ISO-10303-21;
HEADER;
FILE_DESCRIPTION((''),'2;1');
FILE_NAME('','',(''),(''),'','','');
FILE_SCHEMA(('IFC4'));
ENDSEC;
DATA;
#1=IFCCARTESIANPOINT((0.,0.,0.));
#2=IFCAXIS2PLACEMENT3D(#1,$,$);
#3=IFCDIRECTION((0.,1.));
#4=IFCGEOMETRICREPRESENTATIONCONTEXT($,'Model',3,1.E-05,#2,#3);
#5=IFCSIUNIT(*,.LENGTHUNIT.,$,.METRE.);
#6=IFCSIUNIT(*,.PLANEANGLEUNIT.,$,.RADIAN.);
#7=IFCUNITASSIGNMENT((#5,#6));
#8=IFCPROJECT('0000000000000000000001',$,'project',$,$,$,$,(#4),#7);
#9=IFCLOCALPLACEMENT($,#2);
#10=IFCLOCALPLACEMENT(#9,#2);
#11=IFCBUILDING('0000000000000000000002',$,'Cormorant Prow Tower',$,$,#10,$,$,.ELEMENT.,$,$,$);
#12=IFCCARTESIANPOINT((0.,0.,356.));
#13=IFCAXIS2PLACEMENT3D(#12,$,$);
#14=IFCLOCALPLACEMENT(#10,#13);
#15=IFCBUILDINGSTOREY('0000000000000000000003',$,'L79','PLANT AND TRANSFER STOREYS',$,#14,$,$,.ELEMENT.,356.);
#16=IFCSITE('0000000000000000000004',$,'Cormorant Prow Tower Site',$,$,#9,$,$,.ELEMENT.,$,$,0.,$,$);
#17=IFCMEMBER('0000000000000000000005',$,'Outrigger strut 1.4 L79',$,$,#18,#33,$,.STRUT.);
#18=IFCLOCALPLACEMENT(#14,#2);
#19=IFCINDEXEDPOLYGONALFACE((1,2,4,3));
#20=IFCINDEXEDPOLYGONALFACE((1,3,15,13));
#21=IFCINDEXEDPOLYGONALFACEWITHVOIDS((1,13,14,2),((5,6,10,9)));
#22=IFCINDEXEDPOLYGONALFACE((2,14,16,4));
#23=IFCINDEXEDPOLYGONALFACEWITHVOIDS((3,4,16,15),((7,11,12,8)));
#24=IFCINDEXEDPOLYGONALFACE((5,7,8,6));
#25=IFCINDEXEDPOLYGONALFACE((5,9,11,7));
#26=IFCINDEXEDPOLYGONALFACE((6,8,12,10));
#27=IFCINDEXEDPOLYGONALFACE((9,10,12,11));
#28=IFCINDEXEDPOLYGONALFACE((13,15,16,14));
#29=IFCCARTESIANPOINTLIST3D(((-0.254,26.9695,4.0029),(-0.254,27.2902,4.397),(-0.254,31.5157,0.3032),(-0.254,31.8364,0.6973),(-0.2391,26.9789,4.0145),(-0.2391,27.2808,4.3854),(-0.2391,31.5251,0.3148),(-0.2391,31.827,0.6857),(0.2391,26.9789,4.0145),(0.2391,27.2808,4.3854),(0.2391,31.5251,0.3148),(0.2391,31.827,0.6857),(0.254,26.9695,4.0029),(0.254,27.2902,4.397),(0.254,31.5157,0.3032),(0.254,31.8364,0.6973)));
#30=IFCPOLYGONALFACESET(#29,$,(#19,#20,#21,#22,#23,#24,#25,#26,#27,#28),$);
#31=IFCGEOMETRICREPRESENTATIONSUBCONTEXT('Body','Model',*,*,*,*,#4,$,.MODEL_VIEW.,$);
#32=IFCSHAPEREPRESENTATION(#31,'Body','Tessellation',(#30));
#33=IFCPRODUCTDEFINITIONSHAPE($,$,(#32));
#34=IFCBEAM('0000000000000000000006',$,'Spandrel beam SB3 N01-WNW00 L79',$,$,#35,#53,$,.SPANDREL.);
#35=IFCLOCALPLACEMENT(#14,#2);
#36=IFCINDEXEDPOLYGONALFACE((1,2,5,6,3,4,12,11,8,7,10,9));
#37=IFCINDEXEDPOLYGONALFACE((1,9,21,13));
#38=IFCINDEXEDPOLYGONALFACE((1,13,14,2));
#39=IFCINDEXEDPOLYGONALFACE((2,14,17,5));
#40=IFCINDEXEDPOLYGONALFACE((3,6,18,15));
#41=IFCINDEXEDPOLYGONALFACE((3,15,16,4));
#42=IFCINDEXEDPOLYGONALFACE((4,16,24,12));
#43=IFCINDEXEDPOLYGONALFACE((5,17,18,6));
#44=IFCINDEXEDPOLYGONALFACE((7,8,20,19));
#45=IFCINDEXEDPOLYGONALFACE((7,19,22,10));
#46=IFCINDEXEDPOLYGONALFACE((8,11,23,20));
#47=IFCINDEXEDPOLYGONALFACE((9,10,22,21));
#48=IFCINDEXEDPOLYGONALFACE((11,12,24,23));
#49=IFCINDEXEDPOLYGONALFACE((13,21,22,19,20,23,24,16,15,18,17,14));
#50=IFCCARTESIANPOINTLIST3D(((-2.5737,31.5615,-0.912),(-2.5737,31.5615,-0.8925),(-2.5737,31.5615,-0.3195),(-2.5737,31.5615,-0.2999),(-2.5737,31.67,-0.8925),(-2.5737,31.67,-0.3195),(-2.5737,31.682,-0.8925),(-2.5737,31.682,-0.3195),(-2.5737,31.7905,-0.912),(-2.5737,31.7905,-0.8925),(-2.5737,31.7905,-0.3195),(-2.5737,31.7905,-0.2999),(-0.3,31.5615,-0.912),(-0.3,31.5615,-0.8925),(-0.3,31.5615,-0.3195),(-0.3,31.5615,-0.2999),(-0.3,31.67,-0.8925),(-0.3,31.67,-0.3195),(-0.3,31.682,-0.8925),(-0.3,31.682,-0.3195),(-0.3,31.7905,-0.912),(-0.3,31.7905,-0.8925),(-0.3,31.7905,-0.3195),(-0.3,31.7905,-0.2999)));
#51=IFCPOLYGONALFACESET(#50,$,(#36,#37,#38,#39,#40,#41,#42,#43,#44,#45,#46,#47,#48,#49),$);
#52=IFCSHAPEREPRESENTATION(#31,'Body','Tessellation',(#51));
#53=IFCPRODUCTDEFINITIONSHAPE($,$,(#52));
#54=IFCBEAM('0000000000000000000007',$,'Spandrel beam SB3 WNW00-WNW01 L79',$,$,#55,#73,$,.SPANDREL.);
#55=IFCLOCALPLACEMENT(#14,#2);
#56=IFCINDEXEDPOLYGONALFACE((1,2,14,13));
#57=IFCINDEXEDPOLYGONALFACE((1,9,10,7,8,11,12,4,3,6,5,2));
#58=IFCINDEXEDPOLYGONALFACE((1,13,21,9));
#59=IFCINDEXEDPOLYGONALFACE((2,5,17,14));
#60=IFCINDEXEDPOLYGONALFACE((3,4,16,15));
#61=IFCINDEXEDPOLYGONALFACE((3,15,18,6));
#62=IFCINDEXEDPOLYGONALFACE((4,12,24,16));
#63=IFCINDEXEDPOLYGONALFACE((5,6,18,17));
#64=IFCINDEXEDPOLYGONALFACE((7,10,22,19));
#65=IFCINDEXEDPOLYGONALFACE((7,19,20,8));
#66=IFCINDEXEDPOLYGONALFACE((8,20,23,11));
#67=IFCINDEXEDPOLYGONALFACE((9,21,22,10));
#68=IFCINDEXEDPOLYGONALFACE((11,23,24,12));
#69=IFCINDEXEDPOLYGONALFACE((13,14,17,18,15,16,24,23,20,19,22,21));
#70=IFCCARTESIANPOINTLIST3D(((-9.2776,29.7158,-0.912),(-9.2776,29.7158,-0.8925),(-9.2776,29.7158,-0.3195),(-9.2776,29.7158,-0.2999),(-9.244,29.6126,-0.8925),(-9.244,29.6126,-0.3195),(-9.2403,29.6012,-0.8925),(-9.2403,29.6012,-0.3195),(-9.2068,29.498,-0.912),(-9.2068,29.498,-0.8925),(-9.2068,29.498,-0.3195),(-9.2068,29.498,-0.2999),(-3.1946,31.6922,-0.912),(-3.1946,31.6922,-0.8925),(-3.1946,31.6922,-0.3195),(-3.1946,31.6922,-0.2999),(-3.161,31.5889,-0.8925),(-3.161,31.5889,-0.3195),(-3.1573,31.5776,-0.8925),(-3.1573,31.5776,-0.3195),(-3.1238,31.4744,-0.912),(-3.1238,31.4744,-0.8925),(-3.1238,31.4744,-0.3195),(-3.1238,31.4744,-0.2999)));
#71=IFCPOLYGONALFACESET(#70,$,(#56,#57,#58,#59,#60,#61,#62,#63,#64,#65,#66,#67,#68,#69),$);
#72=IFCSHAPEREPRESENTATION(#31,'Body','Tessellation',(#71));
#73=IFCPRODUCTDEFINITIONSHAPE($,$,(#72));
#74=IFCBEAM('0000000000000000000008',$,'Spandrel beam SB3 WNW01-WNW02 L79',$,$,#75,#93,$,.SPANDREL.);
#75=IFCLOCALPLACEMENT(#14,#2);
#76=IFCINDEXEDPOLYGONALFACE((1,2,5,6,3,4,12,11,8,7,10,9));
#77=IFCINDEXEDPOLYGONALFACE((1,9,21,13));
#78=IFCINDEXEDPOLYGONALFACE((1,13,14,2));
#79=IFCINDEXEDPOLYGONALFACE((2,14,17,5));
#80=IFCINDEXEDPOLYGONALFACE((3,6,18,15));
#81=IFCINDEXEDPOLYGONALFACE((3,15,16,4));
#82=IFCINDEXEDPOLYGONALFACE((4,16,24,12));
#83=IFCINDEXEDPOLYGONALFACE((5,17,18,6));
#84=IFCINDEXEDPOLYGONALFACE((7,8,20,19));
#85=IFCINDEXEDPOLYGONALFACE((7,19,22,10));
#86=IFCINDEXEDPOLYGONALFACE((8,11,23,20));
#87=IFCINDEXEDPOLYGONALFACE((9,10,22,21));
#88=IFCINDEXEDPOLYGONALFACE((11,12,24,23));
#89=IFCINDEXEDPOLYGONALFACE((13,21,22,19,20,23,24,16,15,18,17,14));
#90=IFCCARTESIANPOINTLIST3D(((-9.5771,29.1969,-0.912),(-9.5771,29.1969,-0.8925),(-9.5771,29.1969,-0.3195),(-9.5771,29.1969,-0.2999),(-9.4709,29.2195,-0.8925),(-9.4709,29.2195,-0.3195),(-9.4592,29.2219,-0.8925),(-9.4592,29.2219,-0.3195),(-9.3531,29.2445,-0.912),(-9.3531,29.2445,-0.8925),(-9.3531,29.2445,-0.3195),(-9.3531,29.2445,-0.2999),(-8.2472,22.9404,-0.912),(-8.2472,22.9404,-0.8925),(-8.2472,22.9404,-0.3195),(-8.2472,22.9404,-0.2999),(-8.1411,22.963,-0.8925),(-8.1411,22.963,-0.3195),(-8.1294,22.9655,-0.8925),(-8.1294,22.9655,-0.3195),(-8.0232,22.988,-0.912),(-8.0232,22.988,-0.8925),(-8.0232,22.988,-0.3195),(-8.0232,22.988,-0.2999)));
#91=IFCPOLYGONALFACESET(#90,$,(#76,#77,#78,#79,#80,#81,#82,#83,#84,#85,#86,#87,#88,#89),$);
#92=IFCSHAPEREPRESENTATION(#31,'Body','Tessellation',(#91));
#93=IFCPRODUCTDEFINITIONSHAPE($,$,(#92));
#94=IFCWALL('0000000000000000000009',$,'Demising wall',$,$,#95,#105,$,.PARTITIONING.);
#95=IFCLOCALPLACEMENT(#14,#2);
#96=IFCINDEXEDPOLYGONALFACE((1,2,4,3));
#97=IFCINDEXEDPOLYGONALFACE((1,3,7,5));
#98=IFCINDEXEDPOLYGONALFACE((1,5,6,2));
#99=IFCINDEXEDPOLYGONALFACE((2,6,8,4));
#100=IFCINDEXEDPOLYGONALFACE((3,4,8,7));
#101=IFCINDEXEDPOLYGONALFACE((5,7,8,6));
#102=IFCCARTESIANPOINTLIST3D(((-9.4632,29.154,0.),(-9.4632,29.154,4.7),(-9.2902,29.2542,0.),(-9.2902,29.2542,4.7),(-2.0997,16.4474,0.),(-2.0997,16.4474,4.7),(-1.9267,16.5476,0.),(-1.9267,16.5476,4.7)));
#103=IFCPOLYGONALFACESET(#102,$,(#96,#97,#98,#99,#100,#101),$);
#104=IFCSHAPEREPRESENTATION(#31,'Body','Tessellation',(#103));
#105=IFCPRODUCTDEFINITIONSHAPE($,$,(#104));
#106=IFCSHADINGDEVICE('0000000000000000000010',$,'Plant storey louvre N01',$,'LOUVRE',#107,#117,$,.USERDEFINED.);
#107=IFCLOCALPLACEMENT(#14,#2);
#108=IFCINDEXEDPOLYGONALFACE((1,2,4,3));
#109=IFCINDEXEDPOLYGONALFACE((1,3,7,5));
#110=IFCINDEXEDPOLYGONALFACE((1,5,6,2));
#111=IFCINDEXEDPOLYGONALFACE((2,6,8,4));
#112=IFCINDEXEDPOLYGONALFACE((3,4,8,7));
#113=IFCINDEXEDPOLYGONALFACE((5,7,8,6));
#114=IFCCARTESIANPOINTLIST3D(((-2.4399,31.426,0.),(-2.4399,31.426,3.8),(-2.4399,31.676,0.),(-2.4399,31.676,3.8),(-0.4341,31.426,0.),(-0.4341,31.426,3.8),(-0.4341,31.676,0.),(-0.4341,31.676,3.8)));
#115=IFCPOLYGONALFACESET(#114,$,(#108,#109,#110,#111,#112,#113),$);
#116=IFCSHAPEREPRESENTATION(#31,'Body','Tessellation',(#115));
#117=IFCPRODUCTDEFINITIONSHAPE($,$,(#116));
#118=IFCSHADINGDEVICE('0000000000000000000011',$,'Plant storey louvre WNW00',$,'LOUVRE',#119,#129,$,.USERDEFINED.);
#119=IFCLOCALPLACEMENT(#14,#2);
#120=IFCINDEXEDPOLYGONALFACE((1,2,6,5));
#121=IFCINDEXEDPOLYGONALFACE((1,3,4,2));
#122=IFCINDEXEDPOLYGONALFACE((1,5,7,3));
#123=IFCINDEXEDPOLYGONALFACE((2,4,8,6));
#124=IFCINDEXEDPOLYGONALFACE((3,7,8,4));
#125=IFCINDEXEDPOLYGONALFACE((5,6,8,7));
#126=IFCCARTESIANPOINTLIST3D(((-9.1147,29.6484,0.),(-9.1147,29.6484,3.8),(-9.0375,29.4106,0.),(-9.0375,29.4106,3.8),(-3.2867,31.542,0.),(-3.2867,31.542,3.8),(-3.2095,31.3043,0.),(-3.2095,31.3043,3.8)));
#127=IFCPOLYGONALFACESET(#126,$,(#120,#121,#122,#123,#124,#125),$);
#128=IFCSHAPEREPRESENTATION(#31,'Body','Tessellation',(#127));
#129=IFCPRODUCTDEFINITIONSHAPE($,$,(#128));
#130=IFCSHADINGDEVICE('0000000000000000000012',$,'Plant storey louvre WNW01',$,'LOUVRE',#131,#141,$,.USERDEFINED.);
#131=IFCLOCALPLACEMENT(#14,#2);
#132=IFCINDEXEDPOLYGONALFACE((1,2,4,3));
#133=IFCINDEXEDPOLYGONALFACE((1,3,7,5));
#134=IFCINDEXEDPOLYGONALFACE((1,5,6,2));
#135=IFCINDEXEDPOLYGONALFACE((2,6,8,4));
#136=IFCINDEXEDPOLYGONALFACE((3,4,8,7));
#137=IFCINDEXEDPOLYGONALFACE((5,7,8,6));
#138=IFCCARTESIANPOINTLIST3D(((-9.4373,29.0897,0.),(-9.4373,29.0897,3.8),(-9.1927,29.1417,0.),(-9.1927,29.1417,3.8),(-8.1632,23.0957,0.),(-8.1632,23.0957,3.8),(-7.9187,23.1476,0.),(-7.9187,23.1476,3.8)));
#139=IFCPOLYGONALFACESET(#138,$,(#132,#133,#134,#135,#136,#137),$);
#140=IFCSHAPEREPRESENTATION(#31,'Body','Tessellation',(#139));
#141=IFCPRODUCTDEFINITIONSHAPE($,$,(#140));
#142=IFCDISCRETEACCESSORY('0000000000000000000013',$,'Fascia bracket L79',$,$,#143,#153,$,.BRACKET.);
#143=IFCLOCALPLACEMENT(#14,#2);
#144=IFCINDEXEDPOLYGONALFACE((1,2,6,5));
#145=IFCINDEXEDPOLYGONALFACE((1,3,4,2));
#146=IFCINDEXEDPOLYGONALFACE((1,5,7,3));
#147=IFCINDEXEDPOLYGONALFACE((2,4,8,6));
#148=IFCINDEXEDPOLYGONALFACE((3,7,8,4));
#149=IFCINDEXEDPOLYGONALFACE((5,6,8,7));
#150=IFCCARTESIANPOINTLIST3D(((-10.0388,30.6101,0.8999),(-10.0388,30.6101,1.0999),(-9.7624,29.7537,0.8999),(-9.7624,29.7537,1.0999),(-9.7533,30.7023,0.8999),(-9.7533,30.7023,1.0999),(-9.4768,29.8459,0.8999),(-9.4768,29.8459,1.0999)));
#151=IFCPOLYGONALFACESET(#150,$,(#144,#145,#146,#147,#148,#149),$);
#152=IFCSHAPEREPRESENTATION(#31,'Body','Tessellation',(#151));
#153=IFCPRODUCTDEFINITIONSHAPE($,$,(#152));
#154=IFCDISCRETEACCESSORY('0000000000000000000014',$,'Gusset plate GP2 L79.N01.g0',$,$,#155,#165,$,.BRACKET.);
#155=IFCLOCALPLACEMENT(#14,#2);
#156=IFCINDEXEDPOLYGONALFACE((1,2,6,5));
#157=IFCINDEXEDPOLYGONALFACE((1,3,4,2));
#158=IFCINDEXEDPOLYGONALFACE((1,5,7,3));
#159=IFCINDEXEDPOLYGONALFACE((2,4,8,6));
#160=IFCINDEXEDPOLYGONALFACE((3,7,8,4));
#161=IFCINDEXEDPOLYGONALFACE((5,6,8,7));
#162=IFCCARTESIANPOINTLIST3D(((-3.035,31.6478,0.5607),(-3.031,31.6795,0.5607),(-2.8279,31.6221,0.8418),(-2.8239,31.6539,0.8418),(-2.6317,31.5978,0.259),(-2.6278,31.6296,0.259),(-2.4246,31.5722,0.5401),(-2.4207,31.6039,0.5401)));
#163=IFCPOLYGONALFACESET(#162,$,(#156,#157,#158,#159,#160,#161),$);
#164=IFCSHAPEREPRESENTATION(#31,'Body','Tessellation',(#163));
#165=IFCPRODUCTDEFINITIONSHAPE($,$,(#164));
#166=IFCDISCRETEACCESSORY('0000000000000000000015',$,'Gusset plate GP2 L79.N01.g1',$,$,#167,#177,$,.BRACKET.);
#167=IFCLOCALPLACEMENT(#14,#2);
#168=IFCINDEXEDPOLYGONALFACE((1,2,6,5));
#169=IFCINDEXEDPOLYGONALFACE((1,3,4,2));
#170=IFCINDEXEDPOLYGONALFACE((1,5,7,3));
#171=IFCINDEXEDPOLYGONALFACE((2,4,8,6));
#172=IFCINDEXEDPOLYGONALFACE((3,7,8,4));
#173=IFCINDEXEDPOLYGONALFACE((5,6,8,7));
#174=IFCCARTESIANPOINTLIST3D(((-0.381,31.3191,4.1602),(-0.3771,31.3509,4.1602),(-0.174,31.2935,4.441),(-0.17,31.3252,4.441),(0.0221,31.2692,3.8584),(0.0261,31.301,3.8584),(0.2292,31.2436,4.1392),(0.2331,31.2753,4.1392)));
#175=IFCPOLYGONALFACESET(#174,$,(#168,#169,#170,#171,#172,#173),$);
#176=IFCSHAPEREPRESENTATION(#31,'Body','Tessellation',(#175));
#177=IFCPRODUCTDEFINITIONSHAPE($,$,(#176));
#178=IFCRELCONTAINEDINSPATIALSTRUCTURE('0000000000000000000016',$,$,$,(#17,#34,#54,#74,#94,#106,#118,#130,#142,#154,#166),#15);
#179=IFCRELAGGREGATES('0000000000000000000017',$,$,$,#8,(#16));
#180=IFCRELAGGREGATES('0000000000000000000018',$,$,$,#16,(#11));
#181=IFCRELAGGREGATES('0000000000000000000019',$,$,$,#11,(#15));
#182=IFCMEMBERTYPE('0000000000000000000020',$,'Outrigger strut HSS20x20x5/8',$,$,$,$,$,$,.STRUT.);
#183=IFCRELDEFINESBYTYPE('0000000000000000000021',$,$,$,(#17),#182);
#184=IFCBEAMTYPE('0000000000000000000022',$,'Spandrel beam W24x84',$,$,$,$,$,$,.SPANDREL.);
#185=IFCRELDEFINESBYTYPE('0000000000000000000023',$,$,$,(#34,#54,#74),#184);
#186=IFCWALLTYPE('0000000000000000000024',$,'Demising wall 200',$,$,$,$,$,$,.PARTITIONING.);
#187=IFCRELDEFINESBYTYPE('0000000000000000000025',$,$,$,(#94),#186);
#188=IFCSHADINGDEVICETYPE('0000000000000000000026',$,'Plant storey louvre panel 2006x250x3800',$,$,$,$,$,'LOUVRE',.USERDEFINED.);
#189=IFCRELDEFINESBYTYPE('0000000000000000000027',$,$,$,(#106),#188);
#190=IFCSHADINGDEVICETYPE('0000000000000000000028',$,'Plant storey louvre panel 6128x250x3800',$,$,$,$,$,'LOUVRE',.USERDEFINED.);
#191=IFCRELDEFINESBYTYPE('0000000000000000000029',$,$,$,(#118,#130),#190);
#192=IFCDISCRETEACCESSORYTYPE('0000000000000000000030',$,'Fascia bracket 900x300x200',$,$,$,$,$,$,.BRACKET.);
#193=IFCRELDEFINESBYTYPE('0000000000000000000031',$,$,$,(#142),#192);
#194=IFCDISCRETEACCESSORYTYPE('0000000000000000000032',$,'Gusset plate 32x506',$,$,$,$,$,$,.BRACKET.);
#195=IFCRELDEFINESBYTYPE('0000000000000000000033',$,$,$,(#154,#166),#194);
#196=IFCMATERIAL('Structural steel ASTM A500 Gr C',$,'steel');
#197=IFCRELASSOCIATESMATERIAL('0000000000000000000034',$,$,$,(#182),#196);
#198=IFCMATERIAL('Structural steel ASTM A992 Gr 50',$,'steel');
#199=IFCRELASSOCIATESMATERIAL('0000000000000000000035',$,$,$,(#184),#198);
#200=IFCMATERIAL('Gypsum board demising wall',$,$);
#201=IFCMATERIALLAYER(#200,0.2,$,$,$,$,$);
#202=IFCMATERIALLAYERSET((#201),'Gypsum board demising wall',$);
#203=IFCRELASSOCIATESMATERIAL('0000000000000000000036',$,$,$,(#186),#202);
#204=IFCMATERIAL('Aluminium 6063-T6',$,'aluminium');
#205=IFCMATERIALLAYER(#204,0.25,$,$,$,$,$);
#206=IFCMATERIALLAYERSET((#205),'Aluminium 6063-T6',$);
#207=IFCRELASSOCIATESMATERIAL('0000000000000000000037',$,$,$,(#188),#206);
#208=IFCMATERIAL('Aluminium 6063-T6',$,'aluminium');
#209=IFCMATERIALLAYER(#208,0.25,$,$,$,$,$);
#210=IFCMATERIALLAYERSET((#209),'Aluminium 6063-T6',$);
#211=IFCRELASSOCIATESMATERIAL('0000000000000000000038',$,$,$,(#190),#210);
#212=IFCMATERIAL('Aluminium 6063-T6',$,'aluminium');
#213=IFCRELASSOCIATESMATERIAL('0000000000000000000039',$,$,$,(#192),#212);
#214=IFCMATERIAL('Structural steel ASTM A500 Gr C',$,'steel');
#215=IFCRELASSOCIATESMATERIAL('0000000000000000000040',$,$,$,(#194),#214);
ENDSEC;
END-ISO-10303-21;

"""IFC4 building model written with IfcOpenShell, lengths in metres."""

from ifc_helpers import new_model, si_unit, direction, frame, frame_2d, origin, origin_2d, place, context, subcontext, project, spatial, rectangle, hollow_rectangle, i_section, extrude, material, layer, layer_set, material_profile, profile_set, type_object, element, save


model = new_model("IFC4")

# Units and contexts
model_context = context("Model", 3, precision=1e-05, world=origin(), true_north=direction((0.0, 1.0)))
body_context = subcontext(model_context, "Body", "Model", "MODEL_VIEW")
ifc_project = project(units=[si_unit("LENGTHUNIT", "METRE"), si_unit("PLANEANGLEUNIT", "RADIAN")], contexts=[model_context])

# Site, building, storey
site_placement = place(None, origin())
site = spatial("IfcSite", under=ifc_project, at=site_placement, Name="Cormorant Prow Tower Site", CompositionType="ELEMENT", RefElevation=0.0)
building_placement = place(site_placement, origin())
building = spatial("IfcBuilding", under=site, at=building_placement, Name="Cormorant Prow Tower", CompositionType="ELEMENT")
storey_placement = place(building_placement, frame((0.0, 0.0, 356.0)))
storey = spatial("IfcBuildingStorey", under=building, at=storey_placement, Name="L79", Description="PLANT AND TRANSFER STOREYS", CompositionType="ELEMENT", Elevation=356.0)

# Member
ifc_material_1 = material(Name="Structural steel ASTM A500 Gr C", Category="steel")
ifc_material_profile_1 = material_profile(ifc_material_1, hollow_rectangle(XDim=0.5081, YDim=0.5081, WallThickness=0.0149, at=origin_2d()), Name="HSS20x20x5/8")
ifc_profile_set_1 = profile_set([ifc_material_profile_1], Name="Structural steel ASTM A500 Gr C")
member_type_1 = type_object("IfcMemberType", Name="Outrigger strut HSS20x20x5/8", PredefinedType="STRUT", material=ifc_profile_set_1)
member_1_placement = place(storey_placement, frame((0.0, 27.1299, 4.2), z_axis=(0.0, 0.775616, -0.631206), x_axis=(-1.0, 0.0, 0.0)))
element("IfcMember", 1, at=member_1_placement, inside=storey, type_object=member_type_1, Name="Outrigger strut 1.4 L79", PredefinedType="STRUT", context=body_context, shape_type="SweptSolid", body=[
    extrude(hollow_rectangle(XDim=0.5081, YDim=0.5081, WallThickness=0.0149, at=origin_2d()), origin(), (0.0, 0.0, 1.0), 5.8613),
])

# Beams
ifc_material_2 = material(Name="Structural steel ASTM A992 Gr 50", Category="steel")
ifc_material_profile_2 = material_profile(ifc_material_2, i_section(OverallWidth=0.229, OverallDepth=0.6121, WebThickness=0.012, FlangeThickness=0.0195, at=origin_2d()), Name="W24x84")
ifc_profile_set_2 = profile_set([ifc_material_profile_2], Name="Structural steel ASTM A992 Gr 50")
beam_type = type_object("IfcBeamType", Name="Spandrel beam W24x84", PredefinedType="SPANDREL", material=ifc_profile_set_2)
beam_1_placement = place(storey_placement, frame((-0.3, 31.676, -0.606), z_axis=(-1.0, 0.0, 0.0), x_axis=(0.0, -1.0, 0.0)))
element("IfcBeam", 2, at=beam_1_placement, inside=storey, type_object=beam_type, Name="Spandrel beam SB3 N01-WNW00 L79", PredefinedType="SPANDREL", context=body_context, shape_type="SweptSolid", body=[
    extrude(i_section(OverallWidth=0.229, OverallDepth=0.6121, WebThickness=0.012, FlangeThickness=0.0195, at=origin_2d()), origin(), (0.0, 0.0, 1.0), 2.2737),
])
beam_2_placement = place(storey_placement, frame((-3.1592, 31.5833, -0.606), z_axis=(-0.951064, -0.308993, 0.0), x_axis=(0.308993, -0.951064, 0.0)))
element("IfcBeam", 3, at=beam_2_placement, inside=storey, type_object=beam_type, Name="Spandrel beam SB3 WNW00-WNW01 L79", PredefinedType="SPANDREL", context=body_context, shape_type="SweptSolid", body=[
    extrude(i_section(OverallWidth=0.229, OverallDepth=0.6121, WebThickness=0.012, FlangeThickness=0.0195, at=origin_2d()), origin(), (0.0, 0.0, 1.0), 6.396),
])
beam_3_placement = place(storey_placement, frame((-9.4651, 29.2207, -0.606), z_axis=(0.207913, -0.978147, 0.0), x_axis=(0.978147, 0.207913, 0.0)))
element("IfcBeam", 4, at=beam_3_placement, inside=storey, type_object=beam_type, Name="Spandrel beam SB3 WNW01-WNW02 L79", PredefinedType="SPANDREL", context=body_context, shape_type="SweptSolid", body=[
    extrude(i_section(OverallWidth=0.229, OverallDepth=0.6121, WebThickness=0.012, FlangeThickness=0.0195, at=origin_2d()), origin(), (0.0, 0.0, 1.0), 6.3962),
])

# Wall
ifc_material_3 = material(Name="Gypsum board demising wall")
ifc_layer_1 = layer(ifc_material_3, 0.2)
ifc_layer_set_1 = layer_set([ifc_layer_1], Name="Gypsum board demising wall")
wall_type = type_object("IfcWallType", Name="Demising wall 200", PredefinedType="PARTITIONING", material=ifc_layer_set_1)
wall_placement = place(storey_placement, frame((-9.3767, 29.2041, 0.0), z_axis=(0.0, 0.0, 1.0), x_axis=(0.501399, -0.865216, 0.0)))
element("IfcWall", 5, at=wall_placement, inside=storey, type_object=wall_type, Name="Demising wall", PredefinedType="PARTITIONING", context=body_context, shape_type="SweptSolid", body=[
    extrude(rectangle(XDim=14.686, YDim=0.2, at=frame_2d((7.343, 0.0))), origin(), (0.0, 0.0, 1.0), 4.7),
])

# Shading devices
ifc_material_4 = material(Name="Aluminium 6063-T6", Category="aluminium")
ifc_layer_2 = layer(ifc_material_4, 0.25)
ifc_layer_set_2 = layer_set([ifc_layer_2], Name="Aluminium 6063-T6")
shading_device_type_1 = type_object("IfcShadingDeviceType", Name="Plant storey louvre panel 2006x250x3800", ElementType="LOUVRE", PredefinedType="USERDEFINED", material=ifc_layer_set_2)
shading_device_placement = place(storey_placement, frame((-1.437, 31.551, 0.0), z_axis=(0.0, 0.0, 1.0), x_axis=(-1.0, 0.0, 0.0)))
element("IfcShadingDevice", 6, at=shading_device_placement, inside=storey, type_object=shading_device_type_1, Name="Plant storey louvre N01", ObjectType="LOUVRE", PredefinedType="USERDEFINED", context=body_context, shape_type="SweptSolid", body=[
    extrude(rectangle(XDim=2.0059, YDim=0.25, at=origin_2d()), origin(), (0.0, 0.0, 1.0), 3.8),
])
ifc_material_5 = material(Name="Aluminium 6063-T6", Category="aluminium")
ifc_layer_3 = layer(ifc_material_5, 0.25)
ifc_layer_set_3 = layer_set([ifc_layer_3], Name="Aluminium 6063-T6")
shading_device_type_2 = type_object("IfcShadingDeviceType", Name="Plant storey louvre panel 6128x250x3800", ElementType="LOUVRE", PredefinedType="USERDEFINED", material=ifc_layer_set_3)
for number, where, z_axis, x_axis, name in (
    (7, (-6.1621, 30.4763, 0.0), (0.0, 0.0, 1.0), (-0.951057, -0.309017, 0.0), "Plant storey louvre WNW00"),
    (8, (-8.678, 26.1187, 0.0), (0.0, 0.0, 1.0), (0.207912, -0.978148, 0.0), "Plant storey louvre WNW01"),
):
    element("IfcShadingDevice", number, at=place(storey_placement, frame(where, z_axis=z_axis, x_axis=x_axis)), inside=storey, type_object=shading_device_type_2, Name=name, ObjectType="LOUVRE", PredefinedType="USERDEFINED", context=body_context, shape_type="SweptSolid", body=[
        extrude(rectangle(XDim=6.1279, YDim=0.25, at=origin_2d()), origin(), (0.0, 0.0, 1.0), 3.8),
    ])

# Discrete accessories
ifc_material_6 = material(Name="Aluminium 6063-T6", Category="aluminium")
discrete_accessory_type_1 = type_object("IfcDiscreteAccessoryType", Name="Fascia bracket 900x300x200", PredefinedType="BRACKET", material=ifc_material_6)
discrete_accessory_1_placement = place(storey_placement, frame((-9.7578, 30.228, 0.8999), z_axis=(0.0, 0.0, 1.0), x_axis=(-0.307199, 0.951645, 0.0)))
element("IfcDiscreteAccessory", 9, at=discrete_accessory_1_placement, inside=storey, type_object=discrete_accessory_type_1, Name="Fascia bracket L79", PredefinedType="BRACKET", context=body_context, shape_type="SweptSolid", body=[
    extrude(rectangle(XDim=0.8999, YDim=0.3, at=origin_2d()), origin(), (0.0, 0.0, 1.0), 0.2),
])
ifc_material_7 = material(Name="Structural steel ASTM A500 Gr C", Category="steel")
ifc_material_profile_3 = material_profile(ifc_material_7, rectangle(XDim=0.032, YDim=0.5061, at=origin_2d()), Name="Gusset plate 32x506")
ifc_profile_set_3 = profile_set([ifc_material_profile_3], Name="Structural steel ASTM A500 Gr C")
discrete_accessory_type_2 = type_object("IfcDiscreteAccessoryType", Name="Gusset plate 32x506", PredefinedType="BRACKET", material=ifc_profile_set_3)
discrete_accessory_2_placement = place(storey_placement, frame((-2.6243, 31.613, 0.6909), z_axis=(-0.591558, 0.073247, -0.802928), x_axis=(-0.122882, -0.992421, 0.0)))
element("IfcDiscreteAccessory", 10, at=discrete_accessory_2_placement, inside=storey, type_object=discrete_accessory_type_2, Name="Gusset plate GP2 L79.N01.g0", PredefinedType="BRACKET", context=body_context, shape_type="SweptSolid", body=[
    extrude(rectangle(XDim=0.032, YDim=0.5061, at=origin_2d()), origin(), (0.0, 0.0, 1.0), 0.3501),
])
discrete_accessory_3_placement = place(storey_placement, frame((-0.1775, 31.3101, 4.0093), z_axis=(0.591889, -0.073288, 0.80268), x_axis=(0.122882, 0.992421, 0.0)))
element("IfcDiscreteAccessory", 11, at=discrete_accessory_3_placement, inside=storey, type_object=discrete_accessory_type_2, Name="Gusset plate GP2 L79.N01.g1", PredefinedType="BRACKET", context=body_context, shape_type="SweptSolid", body=[
    extrude(rectangle(XDim=0.032, YDim=0.5061, at=origin_2d()), origin(), (0.0, 0.0, 1.0), 0.3499),
])

save(model, "model.ifc")
